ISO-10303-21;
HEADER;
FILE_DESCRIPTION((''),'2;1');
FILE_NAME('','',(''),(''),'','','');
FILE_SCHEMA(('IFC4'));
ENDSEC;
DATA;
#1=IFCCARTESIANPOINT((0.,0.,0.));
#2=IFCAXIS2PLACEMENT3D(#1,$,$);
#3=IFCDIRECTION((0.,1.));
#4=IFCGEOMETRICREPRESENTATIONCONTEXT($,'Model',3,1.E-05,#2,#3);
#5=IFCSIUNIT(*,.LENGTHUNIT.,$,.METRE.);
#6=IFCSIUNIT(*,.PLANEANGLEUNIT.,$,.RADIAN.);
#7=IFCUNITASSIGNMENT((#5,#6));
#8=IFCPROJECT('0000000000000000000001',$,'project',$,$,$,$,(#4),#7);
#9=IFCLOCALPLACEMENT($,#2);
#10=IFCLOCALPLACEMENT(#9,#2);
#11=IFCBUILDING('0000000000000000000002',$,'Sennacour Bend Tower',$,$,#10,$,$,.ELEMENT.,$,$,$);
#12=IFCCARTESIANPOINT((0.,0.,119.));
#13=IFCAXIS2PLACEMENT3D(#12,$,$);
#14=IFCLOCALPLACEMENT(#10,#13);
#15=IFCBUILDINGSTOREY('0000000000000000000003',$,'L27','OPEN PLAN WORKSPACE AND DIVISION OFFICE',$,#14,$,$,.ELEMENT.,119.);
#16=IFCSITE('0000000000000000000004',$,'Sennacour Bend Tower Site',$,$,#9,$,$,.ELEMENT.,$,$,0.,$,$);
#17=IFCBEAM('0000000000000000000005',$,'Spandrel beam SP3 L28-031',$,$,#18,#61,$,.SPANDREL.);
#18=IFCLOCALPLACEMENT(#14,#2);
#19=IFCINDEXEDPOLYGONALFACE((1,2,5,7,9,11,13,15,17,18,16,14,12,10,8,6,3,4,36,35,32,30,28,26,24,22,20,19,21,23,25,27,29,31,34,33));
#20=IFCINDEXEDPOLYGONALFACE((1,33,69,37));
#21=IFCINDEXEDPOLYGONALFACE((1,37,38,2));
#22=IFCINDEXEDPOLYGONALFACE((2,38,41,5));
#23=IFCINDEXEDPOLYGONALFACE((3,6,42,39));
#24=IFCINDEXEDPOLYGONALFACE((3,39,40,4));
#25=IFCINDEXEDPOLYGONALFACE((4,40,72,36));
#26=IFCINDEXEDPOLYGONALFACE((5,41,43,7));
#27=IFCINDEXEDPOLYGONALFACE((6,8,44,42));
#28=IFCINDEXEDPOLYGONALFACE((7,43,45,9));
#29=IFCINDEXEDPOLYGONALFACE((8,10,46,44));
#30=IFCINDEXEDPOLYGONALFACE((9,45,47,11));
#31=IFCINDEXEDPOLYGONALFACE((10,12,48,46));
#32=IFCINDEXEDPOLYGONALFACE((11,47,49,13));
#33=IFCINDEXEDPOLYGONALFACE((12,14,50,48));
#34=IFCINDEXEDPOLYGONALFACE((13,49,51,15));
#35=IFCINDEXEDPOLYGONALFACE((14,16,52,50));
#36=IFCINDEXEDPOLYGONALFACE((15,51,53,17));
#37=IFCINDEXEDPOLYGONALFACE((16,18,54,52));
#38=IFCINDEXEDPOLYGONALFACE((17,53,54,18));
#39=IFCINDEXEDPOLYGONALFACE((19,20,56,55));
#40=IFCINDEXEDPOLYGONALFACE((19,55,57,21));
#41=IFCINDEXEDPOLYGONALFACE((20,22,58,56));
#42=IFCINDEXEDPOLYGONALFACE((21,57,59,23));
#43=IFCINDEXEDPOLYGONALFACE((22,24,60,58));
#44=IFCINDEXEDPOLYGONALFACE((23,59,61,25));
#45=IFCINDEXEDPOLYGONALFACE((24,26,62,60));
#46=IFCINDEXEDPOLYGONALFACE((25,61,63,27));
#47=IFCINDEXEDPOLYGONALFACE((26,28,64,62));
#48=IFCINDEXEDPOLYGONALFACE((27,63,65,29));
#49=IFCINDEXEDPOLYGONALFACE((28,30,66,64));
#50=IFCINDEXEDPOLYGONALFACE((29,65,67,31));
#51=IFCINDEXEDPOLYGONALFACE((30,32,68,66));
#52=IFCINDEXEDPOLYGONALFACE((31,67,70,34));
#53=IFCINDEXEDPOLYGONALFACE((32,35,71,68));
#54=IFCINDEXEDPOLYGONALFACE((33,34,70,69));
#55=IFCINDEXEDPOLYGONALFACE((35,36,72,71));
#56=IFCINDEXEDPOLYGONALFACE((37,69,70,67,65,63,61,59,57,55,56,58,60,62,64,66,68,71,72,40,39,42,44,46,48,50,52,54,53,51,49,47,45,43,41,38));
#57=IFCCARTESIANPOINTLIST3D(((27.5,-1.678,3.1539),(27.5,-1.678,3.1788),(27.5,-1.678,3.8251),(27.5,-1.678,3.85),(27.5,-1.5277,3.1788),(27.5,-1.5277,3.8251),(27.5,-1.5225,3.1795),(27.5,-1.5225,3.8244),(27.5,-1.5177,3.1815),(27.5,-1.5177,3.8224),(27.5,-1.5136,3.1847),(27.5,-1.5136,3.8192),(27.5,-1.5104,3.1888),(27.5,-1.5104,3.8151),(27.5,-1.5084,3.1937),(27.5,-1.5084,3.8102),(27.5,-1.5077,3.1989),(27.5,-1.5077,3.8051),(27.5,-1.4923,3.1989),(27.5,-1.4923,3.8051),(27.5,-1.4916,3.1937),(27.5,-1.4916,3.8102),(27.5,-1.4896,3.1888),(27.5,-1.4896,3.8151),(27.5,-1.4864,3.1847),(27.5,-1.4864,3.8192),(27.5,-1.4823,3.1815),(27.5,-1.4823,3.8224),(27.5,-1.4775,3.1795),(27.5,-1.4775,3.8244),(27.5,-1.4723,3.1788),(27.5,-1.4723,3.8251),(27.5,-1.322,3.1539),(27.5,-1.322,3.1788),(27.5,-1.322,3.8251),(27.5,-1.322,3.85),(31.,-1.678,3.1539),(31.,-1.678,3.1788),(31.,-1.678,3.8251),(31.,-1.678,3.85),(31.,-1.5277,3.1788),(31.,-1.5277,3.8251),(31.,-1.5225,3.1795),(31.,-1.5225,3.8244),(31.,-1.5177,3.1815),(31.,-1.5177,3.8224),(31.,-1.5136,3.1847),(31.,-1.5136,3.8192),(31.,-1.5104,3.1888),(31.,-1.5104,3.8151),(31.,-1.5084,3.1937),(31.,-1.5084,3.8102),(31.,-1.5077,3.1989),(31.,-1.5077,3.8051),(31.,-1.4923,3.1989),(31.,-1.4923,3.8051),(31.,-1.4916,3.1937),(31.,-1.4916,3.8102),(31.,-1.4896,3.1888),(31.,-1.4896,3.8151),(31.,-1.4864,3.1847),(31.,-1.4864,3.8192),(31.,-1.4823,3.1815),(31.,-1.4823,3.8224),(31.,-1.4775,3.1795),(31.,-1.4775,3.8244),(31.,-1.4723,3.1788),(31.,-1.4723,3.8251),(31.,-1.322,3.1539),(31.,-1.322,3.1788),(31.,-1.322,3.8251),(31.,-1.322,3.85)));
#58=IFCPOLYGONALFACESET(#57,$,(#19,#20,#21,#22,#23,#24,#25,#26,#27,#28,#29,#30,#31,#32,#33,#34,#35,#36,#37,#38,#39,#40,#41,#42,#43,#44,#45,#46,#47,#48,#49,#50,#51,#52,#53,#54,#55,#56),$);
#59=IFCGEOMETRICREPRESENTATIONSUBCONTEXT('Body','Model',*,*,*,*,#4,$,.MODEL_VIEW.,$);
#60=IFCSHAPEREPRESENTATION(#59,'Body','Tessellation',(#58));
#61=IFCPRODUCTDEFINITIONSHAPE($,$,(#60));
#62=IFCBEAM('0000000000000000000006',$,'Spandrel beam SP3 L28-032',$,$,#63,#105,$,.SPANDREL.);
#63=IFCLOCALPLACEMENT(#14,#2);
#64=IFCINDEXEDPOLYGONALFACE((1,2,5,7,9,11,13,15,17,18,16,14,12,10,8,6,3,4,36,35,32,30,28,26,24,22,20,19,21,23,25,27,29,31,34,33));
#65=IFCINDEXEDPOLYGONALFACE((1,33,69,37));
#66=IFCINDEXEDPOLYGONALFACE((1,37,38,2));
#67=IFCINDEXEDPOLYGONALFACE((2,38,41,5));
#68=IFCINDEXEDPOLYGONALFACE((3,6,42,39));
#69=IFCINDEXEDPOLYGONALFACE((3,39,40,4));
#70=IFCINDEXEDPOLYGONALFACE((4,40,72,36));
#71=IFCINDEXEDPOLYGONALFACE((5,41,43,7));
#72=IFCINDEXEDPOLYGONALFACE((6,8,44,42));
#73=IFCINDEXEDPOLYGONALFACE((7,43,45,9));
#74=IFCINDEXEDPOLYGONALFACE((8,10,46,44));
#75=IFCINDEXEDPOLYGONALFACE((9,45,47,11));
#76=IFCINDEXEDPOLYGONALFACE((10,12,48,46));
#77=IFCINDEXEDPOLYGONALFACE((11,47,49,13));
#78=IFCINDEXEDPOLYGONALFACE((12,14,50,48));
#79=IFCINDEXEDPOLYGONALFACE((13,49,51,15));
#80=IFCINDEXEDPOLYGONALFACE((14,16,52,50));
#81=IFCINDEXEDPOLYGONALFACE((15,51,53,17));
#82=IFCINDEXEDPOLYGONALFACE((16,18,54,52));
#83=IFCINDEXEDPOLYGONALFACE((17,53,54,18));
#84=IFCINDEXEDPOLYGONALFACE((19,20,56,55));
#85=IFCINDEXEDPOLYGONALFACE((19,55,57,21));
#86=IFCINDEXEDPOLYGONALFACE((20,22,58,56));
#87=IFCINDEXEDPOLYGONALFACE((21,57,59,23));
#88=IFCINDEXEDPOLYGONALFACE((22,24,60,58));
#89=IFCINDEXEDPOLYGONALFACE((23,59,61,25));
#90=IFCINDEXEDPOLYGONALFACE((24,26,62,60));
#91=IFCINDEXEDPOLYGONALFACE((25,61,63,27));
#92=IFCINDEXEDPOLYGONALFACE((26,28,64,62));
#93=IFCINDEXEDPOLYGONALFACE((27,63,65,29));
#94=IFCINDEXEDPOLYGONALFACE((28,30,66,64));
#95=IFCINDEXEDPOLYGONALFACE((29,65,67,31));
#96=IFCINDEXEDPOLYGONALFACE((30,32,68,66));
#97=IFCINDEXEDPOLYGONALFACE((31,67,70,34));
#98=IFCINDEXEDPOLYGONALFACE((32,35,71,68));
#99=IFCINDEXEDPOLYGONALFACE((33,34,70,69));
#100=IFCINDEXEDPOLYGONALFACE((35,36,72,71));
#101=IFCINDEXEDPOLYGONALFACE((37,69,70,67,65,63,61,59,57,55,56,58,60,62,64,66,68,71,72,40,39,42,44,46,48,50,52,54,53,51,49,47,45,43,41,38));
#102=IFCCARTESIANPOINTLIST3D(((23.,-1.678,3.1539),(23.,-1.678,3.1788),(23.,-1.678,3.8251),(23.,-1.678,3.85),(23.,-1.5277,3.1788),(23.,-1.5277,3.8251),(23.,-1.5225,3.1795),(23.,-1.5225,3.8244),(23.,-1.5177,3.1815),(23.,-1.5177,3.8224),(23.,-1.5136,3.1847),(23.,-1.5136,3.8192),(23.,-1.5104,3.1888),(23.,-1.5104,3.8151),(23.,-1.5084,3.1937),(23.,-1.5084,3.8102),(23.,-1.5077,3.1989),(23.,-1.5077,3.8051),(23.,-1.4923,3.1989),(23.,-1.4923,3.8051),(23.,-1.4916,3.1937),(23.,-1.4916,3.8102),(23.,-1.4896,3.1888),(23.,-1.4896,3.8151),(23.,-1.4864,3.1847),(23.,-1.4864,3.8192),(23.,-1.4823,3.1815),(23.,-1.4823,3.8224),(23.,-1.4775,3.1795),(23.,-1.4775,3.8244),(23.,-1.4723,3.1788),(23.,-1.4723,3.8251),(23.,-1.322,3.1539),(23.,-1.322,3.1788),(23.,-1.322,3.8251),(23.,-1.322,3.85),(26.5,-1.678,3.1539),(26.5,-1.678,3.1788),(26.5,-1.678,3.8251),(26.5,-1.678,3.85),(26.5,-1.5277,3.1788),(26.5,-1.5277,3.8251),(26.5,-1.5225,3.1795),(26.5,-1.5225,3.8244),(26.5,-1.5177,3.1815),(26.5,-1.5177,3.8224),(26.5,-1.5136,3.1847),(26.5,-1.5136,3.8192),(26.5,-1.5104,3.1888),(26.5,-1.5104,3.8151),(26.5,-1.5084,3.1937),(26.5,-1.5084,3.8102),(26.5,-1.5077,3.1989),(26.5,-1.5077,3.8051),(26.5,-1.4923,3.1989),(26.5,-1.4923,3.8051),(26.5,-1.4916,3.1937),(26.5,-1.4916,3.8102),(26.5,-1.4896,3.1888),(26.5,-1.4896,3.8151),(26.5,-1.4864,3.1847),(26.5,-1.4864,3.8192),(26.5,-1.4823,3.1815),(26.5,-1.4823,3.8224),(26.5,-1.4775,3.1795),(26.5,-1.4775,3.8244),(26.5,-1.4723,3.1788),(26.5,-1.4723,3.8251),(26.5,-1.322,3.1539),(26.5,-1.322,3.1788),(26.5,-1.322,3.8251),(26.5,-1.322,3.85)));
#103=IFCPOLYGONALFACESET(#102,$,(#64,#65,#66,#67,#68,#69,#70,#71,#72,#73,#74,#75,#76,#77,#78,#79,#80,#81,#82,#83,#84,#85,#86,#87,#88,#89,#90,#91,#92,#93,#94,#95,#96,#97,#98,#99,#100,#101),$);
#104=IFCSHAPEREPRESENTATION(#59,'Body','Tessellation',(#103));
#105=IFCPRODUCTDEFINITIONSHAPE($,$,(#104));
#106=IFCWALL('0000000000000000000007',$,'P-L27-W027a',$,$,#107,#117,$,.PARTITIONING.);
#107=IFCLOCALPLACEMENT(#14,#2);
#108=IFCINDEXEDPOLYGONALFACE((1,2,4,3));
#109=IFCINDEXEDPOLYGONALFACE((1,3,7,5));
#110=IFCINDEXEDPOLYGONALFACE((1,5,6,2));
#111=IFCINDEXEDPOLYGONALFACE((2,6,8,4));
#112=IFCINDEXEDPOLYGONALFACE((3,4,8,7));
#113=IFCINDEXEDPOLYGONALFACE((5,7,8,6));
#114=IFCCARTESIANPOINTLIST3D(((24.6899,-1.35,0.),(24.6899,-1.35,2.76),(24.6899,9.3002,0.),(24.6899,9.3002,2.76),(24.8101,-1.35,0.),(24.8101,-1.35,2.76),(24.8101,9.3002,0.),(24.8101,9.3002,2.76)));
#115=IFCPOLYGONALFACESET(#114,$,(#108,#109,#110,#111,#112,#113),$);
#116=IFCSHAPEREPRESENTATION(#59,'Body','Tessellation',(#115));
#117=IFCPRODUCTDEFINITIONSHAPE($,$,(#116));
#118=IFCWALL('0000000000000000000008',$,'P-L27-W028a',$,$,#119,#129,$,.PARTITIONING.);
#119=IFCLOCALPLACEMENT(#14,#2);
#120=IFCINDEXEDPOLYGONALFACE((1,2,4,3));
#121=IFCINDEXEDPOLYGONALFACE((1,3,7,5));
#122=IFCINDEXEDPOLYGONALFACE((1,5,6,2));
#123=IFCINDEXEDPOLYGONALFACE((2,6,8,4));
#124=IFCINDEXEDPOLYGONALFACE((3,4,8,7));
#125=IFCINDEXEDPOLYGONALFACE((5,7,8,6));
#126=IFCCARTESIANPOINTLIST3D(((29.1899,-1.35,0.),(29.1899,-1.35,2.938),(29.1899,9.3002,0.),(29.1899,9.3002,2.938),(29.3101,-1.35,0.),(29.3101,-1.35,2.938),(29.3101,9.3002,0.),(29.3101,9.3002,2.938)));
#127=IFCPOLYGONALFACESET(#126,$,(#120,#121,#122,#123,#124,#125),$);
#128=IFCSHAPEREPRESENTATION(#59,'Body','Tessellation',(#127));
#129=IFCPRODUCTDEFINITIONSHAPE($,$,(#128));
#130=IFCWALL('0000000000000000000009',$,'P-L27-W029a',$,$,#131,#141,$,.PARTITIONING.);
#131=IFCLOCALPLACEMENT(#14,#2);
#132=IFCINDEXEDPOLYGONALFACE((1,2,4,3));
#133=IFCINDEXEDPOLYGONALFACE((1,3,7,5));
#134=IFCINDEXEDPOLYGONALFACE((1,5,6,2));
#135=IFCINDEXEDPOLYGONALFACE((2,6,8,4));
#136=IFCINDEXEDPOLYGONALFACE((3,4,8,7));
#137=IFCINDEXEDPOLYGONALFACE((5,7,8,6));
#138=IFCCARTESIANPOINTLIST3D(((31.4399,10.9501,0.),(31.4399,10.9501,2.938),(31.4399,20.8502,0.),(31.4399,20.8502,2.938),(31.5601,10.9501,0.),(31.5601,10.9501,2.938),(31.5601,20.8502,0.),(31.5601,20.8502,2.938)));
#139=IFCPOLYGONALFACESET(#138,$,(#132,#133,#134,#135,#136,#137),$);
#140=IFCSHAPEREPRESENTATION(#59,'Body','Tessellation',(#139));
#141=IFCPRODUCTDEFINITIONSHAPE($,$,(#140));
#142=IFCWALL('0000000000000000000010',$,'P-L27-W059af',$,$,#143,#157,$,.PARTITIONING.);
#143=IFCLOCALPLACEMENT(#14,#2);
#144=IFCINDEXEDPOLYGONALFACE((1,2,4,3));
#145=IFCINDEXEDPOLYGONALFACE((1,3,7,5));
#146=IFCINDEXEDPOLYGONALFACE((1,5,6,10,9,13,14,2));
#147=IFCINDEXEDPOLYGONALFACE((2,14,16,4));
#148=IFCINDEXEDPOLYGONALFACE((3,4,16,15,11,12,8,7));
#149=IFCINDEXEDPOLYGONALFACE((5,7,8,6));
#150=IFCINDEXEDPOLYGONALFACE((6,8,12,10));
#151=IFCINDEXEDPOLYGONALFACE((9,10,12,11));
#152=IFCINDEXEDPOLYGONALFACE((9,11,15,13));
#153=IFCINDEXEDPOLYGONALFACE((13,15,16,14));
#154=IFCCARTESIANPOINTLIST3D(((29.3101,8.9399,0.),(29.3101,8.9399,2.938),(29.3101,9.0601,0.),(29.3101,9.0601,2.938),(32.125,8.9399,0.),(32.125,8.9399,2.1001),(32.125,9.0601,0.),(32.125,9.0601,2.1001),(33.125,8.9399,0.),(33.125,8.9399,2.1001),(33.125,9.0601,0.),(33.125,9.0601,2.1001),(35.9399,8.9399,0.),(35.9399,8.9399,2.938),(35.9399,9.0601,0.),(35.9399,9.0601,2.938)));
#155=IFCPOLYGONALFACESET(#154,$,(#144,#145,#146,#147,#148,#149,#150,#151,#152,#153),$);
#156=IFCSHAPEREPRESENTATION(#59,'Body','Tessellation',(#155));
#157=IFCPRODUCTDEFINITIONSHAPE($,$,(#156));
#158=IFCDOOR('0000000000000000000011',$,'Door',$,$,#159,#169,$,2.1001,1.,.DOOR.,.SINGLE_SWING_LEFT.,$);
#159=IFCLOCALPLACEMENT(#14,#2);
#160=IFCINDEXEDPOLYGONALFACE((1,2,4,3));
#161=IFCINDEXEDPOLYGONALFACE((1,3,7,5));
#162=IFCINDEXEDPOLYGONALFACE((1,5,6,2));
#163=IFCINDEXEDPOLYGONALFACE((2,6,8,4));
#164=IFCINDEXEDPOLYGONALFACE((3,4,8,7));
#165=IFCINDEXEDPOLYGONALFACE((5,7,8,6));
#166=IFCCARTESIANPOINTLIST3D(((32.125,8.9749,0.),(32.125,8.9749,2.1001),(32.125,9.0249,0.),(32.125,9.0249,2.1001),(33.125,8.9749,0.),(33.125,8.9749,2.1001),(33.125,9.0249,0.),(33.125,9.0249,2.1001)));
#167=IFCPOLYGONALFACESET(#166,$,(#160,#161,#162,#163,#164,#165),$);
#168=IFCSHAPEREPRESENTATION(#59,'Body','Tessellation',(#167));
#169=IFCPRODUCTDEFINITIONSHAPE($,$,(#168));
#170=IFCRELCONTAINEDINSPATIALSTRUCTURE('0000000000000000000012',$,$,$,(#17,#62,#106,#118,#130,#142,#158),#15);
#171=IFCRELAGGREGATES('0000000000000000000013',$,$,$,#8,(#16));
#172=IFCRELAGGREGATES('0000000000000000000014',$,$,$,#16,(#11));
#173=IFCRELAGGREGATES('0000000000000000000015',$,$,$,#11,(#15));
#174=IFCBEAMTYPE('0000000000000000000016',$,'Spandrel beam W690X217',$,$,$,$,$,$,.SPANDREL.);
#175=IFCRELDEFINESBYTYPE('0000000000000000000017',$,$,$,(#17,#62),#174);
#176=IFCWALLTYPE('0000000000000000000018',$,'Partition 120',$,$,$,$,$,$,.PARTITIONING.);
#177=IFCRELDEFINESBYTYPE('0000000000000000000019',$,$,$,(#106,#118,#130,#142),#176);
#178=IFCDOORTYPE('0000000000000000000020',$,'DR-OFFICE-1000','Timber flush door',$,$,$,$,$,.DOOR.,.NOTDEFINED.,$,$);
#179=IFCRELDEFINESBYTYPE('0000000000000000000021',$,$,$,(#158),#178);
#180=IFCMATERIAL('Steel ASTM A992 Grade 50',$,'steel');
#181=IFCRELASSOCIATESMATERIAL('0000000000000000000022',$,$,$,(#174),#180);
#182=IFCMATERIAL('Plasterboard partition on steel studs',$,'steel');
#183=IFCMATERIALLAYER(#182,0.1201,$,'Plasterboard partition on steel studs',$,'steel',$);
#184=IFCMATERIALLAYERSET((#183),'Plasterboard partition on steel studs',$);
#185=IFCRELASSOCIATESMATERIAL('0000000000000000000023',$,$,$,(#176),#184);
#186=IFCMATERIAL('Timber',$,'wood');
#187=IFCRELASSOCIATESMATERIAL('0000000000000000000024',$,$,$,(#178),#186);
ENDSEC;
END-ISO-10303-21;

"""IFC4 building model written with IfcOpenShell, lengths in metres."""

from ifc_helpers import new_model, si_unit, direction, frame, frame_2d, origin, origin_2d, place, context, subcontext, project, spatial, rectangle, i_section, extrude, material, layer, layer_set, material_profile, profile_set, type_object, element, fill, save


model = new_model("IFC4")

# Units and contexts
model_context = context("Model", 3, precision=1e-05, world=origin(), true_north=direction((0.0, 1.0)))
body_context = subcontext(model_context, "Body", "Model", "MODEL_VIEW")
ifc_project = project(units=[si_unit("LENGTHUNIT", "METRE"), si_unit("PLANEANGLEUNIT", "RADIAN")], contexts=[model_context])

# Site, building, storey
site_placement = place(None, origin())
site = spatial("IfcSite", under=ifc_project, at=site_placement, Name="Sennacour Bend Tower Site", CompositionType="ELEMENT", RefElevation=0.0)
building_placement = place(site_placement, origin())
building = spatial("IfcBuilding", under=site, at=building_placement, Name="Sennacour Bend Tower", CompositionType="ELEMENT")
storey_placement = place(building_placement, frame((0.0, 0.0, 119.0)))
storey = spatial("IfcBuildingStorey", under=building, at=storey_placement, Name="L27", Description="OPEN PLAN WORKSPACE AND DIVISION OFFICE", CompositionType="ELEMENT", Elevation=119.0)

# Beams
ifc_material_1 = material(Name="Steel ASTM A992 Grade 50", Category="steel")
ifc_material_profile_1 = material_profile(ifc_material_1, i_section(OverallWidth=0.356, OverallDepth=0.696, WebThickness=0.0154, FlangeThickness=0.0249, FilletRadius=0.02, at=origin_2d()), Name="Steel ASTM A992 Grade 50", Category="steel")
ifc_profile_set_1 = profile_set([ifc_material_profile_1], Name="Steel ASTM A992 Grade 50")
beam_type_1 = type_object("IfcBeamType", Name="Spandrel beam W690X217", PredefinedType="SPANDREL", material=ifc_profile_set_1)
for number, where, z_axis, x_axis, name in (
    (1, (31.0, -1.5, 3.502), (-1.0, 0.0, 0.0), (0.0, -1.0, 0.0), "Spandrel beam SP3 L28-031"),
    (2, (26.5, -1.5, 3.502), (-1.0, 0.0, 0.0), (0.0, -1.0, 0.0), "Spandrel beam SP3 L28-032"),
):
    element("IfcBeam", number, at=place(storey_placement, frame(where, z_axis=z_axis, x_axis=x_axis)), inside=storey, type_object=beam_type_1, Name=name, PredefinedType="SPANDREL", context=body_context, shape_type="SweptSolid", body=[
        extrude(i_section(OverallWidth=0.356, OverallDepth=0.696, WebThickness=0.0154, FlangeThickness=0.0249, FilletRadius=0.02, at=origin_2d()), origin(), (0.0, 0.0, 1.0), 3.5),
    ])

# Walls
ifc_material_2 = material(Name="Plasterboard partition on steel studs", Category="steel")
ifc_layer_1 = layer(ifc_material_2, 0.1201, Name="Plasterboard partition on steel studs", Category="steel")
ifc_layer_set_1 = layer_set([ifc_layer_1], Name="Plasterboard partition on steel studs")
wall_type_1 = type_object("IfcWallType", Name="Partition 120", PredefinedType="PARTITIONING", material=ifc_layer_set_1)
wall_1_placement = place(storey_placement, frame((24.75, -1.3501, 0.0), z_axis=(0.0, 0.0, 1.0), x_axis=(0.0, 1.0, 0.0)))
element("IfcWall", 3, at=wall_1_placement, inside=storey, type_object=wall_type_1, Name="P-L27-W027a", PredefinedType="PARTITIONING", context=body_context, shape_type="SweptSolid", body=[
    extrude(rectangle(XDim=10.6501, YDim=0.1201, at=frame_2d((5.3252, 0.0))), origin(), (0.0, 0.0, 1.0), 2.76),
])
wall_2_placement = place(storey_placement, frame((29.25, -1.3501, 0.0), z_axis=(0.0, 0.0, 1.0), x_axis=(0.0, 1.0, 0.0)))
element("IfcWall", 4, at=wall_2_placement, inside=storey, type_object=wall_type_1, Name="P-L27-W028a", PredefinedType="PARTITIONING", context=body_context, shape_type="SweptSolid", body=[
    extrude(rectangle(XDim=10.6501, YDim=0.1201, at=frame_2d((5.3252, 0.0))), origin(), (0.0, 0.0, 1.0), 2.938),
])
wall_3_placement = place(storey_placement, frame((31.5, 10.95, 0.0), z_axis=(0.0, 0.0, 1.0), x_axis=(0.0, 1.0, 0.0)))
element("IfcWall", 5, at=wall_3_placement, inside=storey, type_object=wall_type_1, Name="P-L27-W029a", PredefinedType="PARTITIONING", context=body_context, shape_type="SweptSolid", body=[
    extrude(rectangle(XDim=9.9001, YDim=0.1201, at=frame_2d((4.9502, 0.0))), origin(), (0.0, 0.0, 1.0), 2.938),
])

# Wall, opening, door
wall_4_placement = place(storey_placement, frame((29.3101, 9.0, 0.0), z_axis=(0.0, 0.0, 1.0), x_axis=(1.0, 0.0, 0.0)))
wall_4 = element("IfcWall", 6, at=wall_4_placement, inside=storey, type_object=wall_type_1, Name="P-L27-W059af", PredefinedType="PARTITIONING", context=body_context, shape_type="SweptSolid", body=[
    extrude(rectangle(XDim=6.6299, YDim=0.1201, at=frame_2d((3.3149, 0.0))), origin(), (0.0, 0.0, 1.0), 2.938),
])
opening_1_placement = place(wall_4_placement, frame((2.8149, 0.0, 0.0)))
opening_1 = element("IfcOpeningElement", 7, at=opening_1_placement, cuts=wall_4, PredefinedType="OPENING", context=body_context, shape_type="SweptSolid", body=[
    extrude(rectangle(XDim=1.0, YDim=2.1001, at=frame_2d((0.5, 1.05))), frame((0.0, 0.0701, 0.0), z_axis=(0.0, -1.0, 0.0), x_axis=(1.0, 0.0, 0.0)), (0.0, 0.0, 1.0), 0.1401),
])
ifc_material_3 = material(Name="Timber", Category="wood")
door_type_1 = type_object("IfcDoorType", Name="DR-OFFICE-1000", Description="Timber flush door", OperationType="NOTDEFINED", PredefinedType="DOOR", material=ifc_material_3)
door_1_placement = place(opening_1_placement, origin())
door_1 = element("IfcDoor", 8, at=door_1_placement, inside=storey, type_object=door_type_1, Name="Door", OperationType="SINGLE_SWING_LEFT", OverallHeight=2.1001, OverallWidth=1.0, PredefinedType="DOOR", context=body_context, shape_type="SweptSolid", body=[
    extrude(rectangle(XDim=1.0, YDim=2.1001, at=frame_2d((0.5, 1.05))), frame((0.0, 0.0249, 0.0), z_axis=(0.0, -1.0, 0.0), x_axis=(1.0, 0.0, 0.0)), (0.0, 0.0, 1.0), 0.05),
])
fill(opening_1, door_1)

save(model, "model.ifc")
